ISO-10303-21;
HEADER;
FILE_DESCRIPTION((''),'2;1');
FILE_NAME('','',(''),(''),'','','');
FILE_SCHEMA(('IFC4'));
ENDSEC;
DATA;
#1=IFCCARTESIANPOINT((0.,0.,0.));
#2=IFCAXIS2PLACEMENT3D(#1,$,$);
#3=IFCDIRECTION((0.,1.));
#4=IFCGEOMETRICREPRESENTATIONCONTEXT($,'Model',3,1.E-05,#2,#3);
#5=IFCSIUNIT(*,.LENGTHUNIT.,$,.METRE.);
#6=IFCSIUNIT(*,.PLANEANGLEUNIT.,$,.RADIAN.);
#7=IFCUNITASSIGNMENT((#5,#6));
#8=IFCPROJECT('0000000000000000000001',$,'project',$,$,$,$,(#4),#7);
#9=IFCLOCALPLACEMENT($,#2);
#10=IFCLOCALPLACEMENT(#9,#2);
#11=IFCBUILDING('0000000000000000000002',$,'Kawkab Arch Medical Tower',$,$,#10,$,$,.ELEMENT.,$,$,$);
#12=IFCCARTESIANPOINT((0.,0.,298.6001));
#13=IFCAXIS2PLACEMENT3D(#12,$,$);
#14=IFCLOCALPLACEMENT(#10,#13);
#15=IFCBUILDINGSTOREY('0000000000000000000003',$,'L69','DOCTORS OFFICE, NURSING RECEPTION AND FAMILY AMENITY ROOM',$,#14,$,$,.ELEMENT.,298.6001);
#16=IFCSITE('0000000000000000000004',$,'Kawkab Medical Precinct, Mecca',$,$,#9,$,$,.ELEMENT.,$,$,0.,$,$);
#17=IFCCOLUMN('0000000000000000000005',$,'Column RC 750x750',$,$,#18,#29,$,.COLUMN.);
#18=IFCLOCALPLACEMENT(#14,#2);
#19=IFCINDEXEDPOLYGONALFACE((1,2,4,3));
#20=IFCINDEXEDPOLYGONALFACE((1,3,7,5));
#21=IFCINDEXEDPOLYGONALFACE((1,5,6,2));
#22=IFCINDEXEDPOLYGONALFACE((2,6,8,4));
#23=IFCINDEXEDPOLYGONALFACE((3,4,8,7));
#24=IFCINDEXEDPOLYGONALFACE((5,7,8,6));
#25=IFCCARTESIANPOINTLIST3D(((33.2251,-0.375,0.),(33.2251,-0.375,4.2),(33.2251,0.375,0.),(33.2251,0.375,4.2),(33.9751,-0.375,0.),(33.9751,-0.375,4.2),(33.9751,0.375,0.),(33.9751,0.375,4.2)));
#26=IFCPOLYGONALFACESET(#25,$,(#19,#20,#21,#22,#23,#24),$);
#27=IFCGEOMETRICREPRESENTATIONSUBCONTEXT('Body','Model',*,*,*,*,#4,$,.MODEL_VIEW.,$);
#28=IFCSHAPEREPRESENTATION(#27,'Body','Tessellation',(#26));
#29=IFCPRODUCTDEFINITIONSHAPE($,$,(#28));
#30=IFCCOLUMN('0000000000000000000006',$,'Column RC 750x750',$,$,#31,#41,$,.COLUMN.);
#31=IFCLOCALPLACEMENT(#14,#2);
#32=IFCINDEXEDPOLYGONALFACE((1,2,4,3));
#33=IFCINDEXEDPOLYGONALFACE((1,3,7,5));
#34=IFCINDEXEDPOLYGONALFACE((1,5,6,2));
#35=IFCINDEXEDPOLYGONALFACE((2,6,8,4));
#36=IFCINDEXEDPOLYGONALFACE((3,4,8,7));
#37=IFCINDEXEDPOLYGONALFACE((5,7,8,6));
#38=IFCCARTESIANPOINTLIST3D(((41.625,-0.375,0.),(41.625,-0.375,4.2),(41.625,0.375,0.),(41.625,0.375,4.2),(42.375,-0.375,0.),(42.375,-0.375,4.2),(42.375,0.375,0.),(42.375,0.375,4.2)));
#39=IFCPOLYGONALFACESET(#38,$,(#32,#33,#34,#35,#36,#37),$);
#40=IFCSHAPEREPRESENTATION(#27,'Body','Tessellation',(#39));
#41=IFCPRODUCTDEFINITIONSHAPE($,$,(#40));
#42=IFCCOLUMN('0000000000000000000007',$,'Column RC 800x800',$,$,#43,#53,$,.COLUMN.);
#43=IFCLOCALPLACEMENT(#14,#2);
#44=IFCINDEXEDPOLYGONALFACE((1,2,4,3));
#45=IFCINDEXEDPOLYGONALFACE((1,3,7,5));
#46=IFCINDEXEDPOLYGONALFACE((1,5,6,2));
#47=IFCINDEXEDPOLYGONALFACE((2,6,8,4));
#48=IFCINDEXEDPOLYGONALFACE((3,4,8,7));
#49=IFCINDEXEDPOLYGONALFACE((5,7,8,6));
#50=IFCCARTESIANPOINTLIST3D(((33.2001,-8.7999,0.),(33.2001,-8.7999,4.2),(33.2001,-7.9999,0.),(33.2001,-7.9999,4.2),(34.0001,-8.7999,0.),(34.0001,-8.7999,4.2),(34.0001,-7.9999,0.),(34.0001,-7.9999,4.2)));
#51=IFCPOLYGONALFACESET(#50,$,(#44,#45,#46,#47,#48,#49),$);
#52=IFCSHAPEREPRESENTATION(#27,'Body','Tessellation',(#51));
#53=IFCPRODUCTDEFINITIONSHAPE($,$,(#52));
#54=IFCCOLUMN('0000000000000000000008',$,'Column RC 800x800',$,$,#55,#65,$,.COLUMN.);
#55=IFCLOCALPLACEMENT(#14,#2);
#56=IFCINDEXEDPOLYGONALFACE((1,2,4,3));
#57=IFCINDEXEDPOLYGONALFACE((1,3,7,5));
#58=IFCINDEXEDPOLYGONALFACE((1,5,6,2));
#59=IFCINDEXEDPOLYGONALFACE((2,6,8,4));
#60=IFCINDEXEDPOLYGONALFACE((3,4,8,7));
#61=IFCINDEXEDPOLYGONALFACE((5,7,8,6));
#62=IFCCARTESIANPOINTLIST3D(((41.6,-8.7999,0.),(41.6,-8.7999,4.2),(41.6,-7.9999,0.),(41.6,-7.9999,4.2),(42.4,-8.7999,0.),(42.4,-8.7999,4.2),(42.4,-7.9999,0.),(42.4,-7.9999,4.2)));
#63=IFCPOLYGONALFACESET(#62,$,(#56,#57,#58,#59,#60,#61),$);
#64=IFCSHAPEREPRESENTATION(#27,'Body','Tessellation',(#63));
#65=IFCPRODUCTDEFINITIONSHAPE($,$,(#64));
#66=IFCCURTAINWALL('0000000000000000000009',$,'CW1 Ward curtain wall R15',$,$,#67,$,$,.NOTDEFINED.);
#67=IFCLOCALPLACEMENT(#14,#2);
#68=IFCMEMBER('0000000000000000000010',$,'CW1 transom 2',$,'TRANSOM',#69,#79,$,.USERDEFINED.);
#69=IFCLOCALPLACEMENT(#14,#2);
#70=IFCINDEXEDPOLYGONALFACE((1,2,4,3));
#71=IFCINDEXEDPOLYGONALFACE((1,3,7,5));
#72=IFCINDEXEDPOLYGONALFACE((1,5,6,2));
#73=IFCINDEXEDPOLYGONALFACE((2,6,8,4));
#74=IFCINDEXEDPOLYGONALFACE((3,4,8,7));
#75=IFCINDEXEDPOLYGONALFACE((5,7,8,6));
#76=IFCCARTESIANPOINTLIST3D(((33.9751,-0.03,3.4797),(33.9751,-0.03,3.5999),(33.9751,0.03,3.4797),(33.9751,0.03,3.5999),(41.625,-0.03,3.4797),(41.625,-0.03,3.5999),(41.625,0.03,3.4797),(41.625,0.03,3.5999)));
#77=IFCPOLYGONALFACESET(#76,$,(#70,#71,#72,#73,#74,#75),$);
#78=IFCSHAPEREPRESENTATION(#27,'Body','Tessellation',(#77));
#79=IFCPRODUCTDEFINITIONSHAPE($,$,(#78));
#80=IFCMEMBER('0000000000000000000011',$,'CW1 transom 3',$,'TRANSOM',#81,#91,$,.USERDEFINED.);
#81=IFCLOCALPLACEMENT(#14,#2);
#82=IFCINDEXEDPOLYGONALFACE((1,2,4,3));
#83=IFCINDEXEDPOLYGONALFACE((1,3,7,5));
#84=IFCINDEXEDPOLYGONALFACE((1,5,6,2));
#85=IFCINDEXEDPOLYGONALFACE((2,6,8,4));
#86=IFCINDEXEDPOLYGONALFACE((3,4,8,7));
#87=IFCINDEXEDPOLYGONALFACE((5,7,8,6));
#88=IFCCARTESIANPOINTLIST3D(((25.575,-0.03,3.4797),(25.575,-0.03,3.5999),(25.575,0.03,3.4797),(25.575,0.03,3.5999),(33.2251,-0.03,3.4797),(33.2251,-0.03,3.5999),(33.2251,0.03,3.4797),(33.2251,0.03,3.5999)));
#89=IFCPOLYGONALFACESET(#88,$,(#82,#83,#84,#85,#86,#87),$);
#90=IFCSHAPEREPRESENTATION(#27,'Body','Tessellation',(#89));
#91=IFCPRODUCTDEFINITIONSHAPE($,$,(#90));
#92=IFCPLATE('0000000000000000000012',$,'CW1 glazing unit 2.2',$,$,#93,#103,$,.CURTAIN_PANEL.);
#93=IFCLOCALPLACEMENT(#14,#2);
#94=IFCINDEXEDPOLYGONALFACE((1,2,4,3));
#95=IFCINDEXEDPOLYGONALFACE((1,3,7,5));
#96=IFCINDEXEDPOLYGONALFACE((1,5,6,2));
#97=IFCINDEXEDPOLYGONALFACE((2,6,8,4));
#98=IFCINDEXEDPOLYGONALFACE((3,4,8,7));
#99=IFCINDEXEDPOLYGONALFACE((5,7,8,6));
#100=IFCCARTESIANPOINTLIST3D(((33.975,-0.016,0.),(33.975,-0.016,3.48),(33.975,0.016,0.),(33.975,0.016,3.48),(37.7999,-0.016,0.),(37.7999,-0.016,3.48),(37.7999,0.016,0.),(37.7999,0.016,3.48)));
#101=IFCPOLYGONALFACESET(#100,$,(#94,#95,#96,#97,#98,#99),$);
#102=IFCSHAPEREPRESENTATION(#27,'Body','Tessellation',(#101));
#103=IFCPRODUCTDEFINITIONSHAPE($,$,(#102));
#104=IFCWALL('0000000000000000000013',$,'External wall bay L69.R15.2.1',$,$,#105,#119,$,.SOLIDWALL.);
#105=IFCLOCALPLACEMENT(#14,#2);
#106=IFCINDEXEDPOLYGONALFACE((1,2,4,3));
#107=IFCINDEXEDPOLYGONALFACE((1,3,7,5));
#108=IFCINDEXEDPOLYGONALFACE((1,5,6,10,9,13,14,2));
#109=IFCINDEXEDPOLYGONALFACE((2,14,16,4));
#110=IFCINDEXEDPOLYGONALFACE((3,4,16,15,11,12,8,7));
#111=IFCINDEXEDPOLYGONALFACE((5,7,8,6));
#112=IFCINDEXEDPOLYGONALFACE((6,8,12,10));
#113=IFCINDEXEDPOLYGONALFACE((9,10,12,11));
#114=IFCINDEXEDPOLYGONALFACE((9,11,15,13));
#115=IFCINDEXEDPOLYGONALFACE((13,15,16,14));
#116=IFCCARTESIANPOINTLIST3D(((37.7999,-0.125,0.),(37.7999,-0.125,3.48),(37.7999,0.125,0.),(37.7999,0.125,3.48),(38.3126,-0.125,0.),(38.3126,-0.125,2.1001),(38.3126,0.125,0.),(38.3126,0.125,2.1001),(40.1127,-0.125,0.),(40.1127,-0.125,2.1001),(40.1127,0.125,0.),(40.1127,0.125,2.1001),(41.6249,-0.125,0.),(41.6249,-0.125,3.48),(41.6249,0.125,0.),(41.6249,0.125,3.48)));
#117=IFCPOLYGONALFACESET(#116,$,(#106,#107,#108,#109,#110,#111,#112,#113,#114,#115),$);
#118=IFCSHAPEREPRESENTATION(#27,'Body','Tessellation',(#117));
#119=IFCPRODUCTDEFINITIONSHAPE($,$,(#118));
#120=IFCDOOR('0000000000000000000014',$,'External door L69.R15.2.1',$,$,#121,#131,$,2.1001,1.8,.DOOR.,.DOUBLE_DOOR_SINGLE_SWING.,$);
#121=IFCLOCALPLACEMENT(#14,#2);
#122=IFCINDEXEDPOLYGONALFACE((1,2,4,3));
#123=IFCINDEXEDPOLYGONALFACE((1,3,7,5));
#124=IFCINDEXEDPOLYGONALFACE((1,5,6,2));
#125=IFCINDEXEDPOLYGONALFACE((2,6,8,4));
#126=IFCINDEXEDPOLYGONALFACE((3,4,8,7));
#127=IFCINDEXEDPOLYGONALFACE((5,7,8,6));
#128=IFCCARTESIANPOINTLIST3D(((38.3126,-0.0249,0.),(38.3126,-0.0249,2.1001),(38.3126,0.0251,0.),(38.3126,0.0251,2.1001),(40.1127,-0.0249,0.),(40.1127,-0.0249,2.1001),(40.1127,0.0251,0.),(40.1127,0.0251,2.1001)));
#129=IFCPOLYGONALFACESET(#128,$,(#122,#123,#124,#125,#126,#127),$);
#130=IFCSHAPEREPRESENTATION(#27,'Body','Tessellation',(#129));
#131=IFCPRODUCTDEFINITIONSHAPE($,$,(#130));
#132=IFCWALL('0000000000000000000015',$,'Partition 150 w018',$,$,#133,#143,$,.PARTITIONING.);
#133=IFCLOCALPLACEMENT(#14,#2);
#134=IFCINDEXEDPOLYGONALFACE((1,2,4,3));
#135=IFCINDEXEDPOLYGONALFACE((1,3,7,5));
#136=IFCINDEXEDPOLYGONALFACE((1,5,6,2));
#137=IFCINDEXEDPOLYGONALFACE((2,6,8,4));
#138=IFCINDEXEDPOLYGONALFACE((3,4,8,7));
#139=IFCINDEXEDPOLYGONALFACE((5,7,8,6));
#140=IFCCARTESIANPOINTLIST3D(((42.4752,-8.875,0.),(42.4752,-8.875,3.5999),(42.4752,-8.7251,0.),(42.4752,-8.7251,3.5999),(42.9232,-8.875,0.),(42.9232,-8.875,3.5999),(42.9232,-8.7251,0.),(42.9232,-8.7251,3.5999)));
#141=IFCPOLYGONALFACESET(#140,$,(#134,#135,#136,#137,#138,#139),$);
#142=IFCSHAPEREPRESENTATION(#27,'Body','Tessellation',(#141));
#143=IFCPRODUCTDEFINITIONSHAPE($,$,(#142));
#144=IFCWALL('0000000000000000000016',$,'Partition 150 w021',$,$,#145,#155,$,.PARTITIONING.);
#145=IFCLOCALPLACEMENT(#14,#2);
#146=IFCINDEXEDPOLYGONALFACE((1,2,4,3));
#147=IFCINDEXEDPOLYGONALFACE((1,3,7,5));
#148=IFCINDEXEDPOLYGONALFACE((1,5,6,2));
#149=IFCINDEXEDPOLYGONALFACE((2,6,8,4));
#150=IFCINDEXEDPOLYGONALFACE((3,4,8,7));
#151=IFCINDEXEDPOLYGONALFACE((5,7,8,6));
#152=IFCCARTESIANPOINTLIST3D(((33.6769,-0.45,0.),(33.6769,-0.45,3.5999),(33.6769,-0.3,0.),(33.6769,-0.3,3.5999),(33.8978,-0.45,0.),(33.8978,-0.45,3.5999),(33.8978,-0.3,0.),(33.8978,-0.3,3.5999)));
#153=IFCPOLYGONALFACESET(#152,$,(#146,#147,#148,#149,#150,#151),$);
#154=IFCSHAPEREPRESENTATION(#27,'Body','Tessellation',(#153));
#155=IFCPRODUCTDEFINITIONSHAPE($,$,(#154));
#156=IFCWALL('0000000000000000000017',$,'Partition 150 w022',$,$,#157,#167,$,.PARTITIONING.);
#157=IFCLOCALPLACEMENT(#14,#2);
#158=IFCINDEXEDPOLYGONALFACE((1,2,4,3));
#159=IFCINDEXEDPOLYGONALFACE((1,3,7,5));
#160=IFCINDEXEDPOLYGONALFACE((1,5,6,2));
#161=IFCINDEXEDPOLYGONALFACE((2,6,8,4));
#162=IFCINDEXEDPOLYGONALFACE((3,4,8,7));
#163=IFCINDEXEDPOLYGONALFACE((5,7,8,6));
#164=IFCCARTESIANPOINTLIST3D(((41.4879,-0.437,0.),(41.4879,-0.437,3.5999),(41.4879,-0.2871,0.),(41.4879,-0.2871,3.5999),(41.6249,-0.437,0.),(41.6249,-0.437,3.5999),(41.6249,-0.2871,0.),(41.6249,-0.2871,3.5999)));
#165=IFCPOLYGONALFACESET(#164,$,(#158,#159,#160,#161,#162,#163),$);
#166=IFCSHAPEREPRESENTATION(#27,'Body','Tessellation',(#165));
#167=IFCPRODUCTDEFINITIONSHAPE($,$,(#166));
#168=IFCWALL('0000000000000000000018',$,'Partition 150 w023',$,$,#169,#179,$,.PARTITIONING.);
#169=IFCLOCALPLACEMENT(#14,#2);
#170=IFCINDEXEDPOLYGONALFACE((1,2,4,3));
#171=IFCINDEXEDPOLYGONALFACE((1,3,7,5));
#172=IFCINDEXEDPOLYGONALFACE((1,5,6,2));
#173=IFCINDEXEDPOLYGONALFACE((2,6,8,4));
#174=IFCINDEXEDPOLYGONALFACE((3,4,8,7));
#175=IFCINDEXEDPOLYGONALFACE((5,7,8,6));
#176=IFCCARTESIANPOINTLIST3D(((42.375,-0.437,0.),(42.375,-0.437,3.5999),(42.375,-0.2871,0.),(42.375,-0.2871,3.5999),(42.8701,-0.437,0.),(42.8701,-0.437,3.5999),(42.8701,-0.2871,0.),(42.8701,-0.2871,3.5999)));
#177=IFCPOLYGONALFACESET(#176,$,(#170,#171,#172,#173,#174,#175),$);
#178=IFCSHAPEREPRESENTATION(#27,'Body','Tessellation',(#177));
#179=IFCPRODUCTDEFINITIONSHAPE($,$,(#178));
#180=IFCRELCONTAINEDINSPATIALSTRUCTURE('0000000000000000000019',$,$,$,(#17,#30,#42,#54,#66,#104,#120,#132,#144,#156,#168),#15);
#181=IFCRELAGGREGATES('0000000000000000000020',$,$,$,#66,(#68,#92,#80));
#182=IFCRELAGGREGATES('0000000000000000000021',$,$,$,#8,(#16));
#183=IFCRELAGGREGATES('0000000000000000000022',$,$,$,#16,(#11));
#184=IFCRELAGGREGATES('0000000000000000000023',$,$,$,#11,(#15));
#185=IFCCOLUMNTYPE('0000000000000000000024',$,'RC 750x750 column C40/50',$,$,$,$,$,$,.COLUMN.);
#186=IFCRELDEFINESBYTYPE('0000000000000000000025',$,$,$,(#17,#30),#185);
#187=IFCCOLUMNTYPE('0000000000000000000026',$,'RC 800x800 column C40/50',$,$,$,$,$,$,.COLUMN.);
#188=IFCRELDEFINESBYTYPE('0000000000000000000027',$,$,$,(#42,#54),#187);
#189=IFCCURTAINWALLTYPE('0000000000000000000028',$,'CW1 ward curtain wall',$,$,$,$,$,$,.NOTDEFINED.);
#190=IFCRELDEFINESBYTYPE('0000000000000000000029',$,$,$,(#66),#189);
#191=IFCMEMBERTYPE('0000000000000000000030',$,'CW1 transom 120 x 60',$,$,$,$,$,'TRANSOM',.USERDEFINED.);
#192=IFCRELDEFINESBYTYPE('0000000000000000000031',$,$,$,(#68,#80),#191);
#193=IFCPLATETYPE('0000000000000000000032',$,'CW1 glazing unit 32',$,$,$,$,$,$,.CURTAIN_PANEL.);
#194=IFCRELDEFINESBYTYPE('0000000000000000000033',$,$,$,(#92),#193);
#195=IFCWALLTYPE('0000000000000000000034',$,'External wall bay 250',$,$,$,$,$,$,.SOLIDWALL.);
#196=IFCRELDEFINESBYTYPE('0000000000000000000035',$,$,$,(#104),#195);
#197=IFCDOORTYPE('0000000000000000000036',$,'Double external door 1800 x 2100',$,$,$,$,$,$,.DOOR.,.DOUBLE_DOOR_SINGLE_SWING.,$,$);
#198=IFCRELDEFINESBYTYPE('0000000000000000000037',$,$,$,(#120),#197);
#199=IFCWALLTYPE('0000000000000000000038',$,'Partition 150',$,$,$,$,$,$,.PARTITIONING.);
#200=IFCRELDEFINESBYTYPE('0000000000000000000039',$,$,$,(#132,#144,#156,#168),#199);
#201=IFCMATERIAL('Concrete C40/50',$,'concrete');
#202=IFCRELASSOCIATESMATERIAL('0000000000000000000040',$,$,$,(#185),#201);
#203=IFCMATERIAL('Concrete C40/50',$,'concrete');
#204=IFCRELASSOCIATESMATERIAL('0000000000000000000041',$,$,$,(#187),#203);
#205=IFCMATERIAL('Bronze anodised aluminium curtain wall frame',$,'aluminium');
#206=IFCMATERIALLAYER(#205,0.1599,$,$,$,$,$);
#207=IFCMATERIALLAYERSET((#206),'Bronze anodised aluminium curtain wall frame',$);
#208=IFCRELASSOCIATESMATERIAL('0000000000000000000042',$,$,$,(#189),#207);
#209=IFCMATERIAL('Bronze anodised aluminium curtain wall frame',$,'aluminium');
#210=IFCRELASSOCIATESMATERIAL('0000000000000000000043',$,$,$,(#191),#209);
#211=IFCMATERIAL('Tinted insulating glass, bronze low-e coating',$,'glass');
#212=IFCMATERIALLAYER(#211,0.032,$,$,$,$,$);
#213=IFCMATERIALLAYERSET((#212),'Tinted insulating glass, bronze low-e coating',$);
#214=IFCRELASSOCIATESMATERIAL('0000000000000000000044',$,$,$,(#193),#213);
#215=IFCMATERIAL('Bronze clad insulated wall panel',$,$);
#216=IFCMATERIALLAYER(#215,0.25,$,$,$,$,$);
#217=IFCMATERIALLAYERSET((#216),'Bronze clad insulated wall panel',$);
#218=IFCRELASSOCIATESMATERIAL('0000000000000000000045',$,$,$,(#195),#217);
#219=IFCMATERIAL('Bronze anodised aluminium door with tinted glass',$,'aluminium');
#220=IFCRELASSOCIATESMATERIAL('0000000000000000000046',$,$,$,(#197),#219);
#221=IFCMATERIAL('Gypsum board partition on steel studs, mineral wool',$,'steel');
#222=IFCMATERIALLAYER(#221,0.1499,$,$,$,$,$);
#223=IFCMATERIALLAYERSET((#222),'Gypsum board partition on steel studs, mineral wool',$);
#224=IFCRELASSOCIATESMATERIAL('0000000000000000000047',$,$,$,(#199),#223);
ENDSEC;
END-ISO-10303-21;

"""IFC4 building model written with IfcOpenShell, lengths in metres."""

from ifc_helpers import new_model, si_unit, direction, frame, frame_2d, origin, origin_2d, place, context, subcontext, project, spatial, rectangle, extrude, material, layer, layer_set, material_profile, profile_set, type_object, element, fill, aggregate, save


model = new_model("IFC4")

# Units and contexts
model_context = context("Model", 3, precision=1e-05, world=origin(), true_north=direction((0.0, 1.0)))
body_context = subcontext(model_context, "Body", "Model", "MODEL_VIEW")
ifc_project = project(units=[si_unit("LENGTHUNIT", "METRE"), si_unit("PLANEANGLEUNIT", "RADIAN")], contexts=[model_context])

# Site, building, storey
site_placement = place(None, origin())
site = spatial("IfcSite", under=ifc_project, at=site_placement, Name="Kawkab Medical Precinct, Mecca", CompositionType="ELEMENT", RefElevation=0.0)
building_placement = place(site_placement, origin())
building = spatial("IfcBuilding", under=site, at=building_placement, Name="Kawkab Arch Medical Tower", CompositionType="ELEMENT")
storey_placement = place(building_placement, frame((0.0, 0.0, 298.6001)))
storey = spatial("IfcBuildingStorey", under=building, at=storey_placement, Name="L69", Description="DOCTORS OFFICE, NURSING RECEPTION AND FAMILY AMENITY ROOM", CompositionType="ELEMENT", Elevation=298.6001)

# Columns
ifc_material_1 = material(Name="Concrete C40/50", Category="concrete")
ifc_material_profile_1 = material_profile(ifc_material_1, rectangle(XDim=0.75, YDim=0.75, at=origin_2d()), Name="RC 750x750")
ifc_profile_set_1 = profile_set([ifc_material_profile_1], Name="Concrete C40/50")
column_type_1 = type_object("IfcColumnType", Name="RC 750x750 column C40/50", PredefinedType="COLUMN", material=ifc_profile_set_1)
for number, where, z_axis, x_axis, name in (
    (1, (33.6001, 0.0, 0.0), (0.0, 0.0, 1.0), (1.0, 0.0, 0.0), "Column RC 750x750"),
    (2, (42.0, 0.0, 0.0), (0.0, 0.0, 1.0), (1.0, 0.0, 0.0), "Column RC 750x750"),
):
    element("IfcColumn", number, at=place(storey_placement, frame(where, z_axis=z_axis, x_axis=x_axis)), inside=storey, type_object=column_type_1, Name=name, PredefinedType="COLUMN", context=body_context, shape_type="SweptSolid", body=[
        extrude(rectangle(XDim=0.75, YDim=0.75, at=origin_2d()), origin(), (0.0, 0.0, 1.0), 4.2),
    ])
ifc_material_2 = material(Name="Concrete C40/50", Category="concrete")
ifc_material_profile_2 = material_profile(ifc_material_2, rectangle(XDim=0.8, YDim=0.8, at=origin_2d()), Name="RC 800x800")
ifc_profile_set_2 = profile_set([ifc_material_profile_2], Name="Concrete C40/50")
column_type_2 = type_object("IfcColumnType", Name="RC 800x800 column C40/50", PredefinedType="COLUMN", material=ifc_profile_set_2)
for number, where, z_axis, x_axis, name in (
    (3, (33.6001, -8.3999, 0.0), (0.0, 0.0, 1.0), (1.0, 0.0, 0.0), "Column RC 800x800"),
    (4, (42.0, -8.3999, 0.0), (0.0, 0.0, 1.0), (1.0, 0.0, 0.0), "Column RC 800x800"),
):
    element("IfcColumn", number, at=place(storey_placement, frame(where, z_axis=z_axis, x_axis=x_axis)), inside=storey, type_object=column_type_2, Name=name, PredefinedType="COLUMN", context=body_context, shape_type="SweptSolid", body=[
        extrude(rectangle(XDim=0.8, YDim=0.8, at=origin_2d()), origin(), (0.0, 0.0, 1.0), 4.2),
    ])

# Curtain wall, members, plate
ifc_material_3 = material(Name="Bronze anodised aluminium curtain wall frame", Category="aluminium")
ifc_layer_1 = layer(ifc_material_3, 0.1599)
ifc_layer_set_1 = layer_set([ifc_layer_1], Name="Bronze anodised aluminium curtain wall frame")
curtain_wall_type = type_object("IfcCurtainWallType", Name="CW1 ward curtain wall", PredefinedType="NOTDEFINED", material=ifc_layer_set_1)
curtain_wall_placement = place(storey_placement, origin())
curtain_wall = element("IfcCurtainWall", 5, at=curtain_wall_placement, inside=storey, type_object=curtain_wall_type, Name="CW1 Ward curtain wall R15", PredefinedType="NOTDEFINED")
ifc_material_4 = material(Name="Bronze anodised aluminium curtain wall frame", Category="aluminium")
ifc_material_profile_3 = material_profile(ifc_material_4, rectangle(XDim=0.0601, YDim=0.1201, at=origin_2d()), Name="AL 60x120")
ifc_profile_set_3 = profile_set([ifc_material_profile_3], Name="Bronze anodised aluminium curtain wall frame")
member_type = type_object("IfcMemberType", Name="CW1 transom 120 x 60", ElementType="TRANSOM", PredefinedType="USERDEFINED", material=ifc_profile_set_3)
member_1_placement = place(storey_placement, frame((41.625, 0.0, 3.5398), z_axis=(-1.0, 0.0, 0.0), x_axis=(0.0, -1.0, 0.0)))
member_1 = element("IfcMember", 6, at=member_1_placement, type_object=member_type, Name="CW1 transom 2", ObjectType="TRANSOM", PredefinedType="USERDEFINED", context=body_context, shape_type="SweptSolid", body=[
    extrude(rectangle(XDim=0.0601, YDim=0.1201, at=origin_2d()), origin(), (0.0, 0.0, 1.0), 7.6499),
])
member_2_placement = place(storey_placement, frame((33.2251, 0.0, 3.5398), z_axis=(-1.0, 0.0, 0.0), x_axis=(0.0, -1.0, 0.0)))
member_2 = element("IfcMember", 7, at=member_2_placement, type_object=member_type, Name="CW1 transom 3", ObjectType="TRANSOM", PredefinedType="USERDEFINED", context=body_context, shape_type="SweptSolid", body=[
    extrude(rectangle(XDim=0.0601, YDim=0.1201, at=origin_2d()), origin(), (0.0, 0.0, 1.0), 7.6501),
])
ifc_material_5 = material(Name="Tinted insulating glass, bronze low-e coating", Category="glass")
ifc_layer_2 = layer(ifc_material_5, 0.032)
ifc_layer_set_2 = layer_set([ifc_layer_2], Name="Tinted insulating glass, bronze low-e coating")
plate_type = type_object("IfcPlateType", Name="CW1 glazing unit 32", PredefinedType="CURTAIN_PANEL", material=ifc_layer_set_2)
plate_placement = place(storey_placement, frame((35.8875, 0.0, 0.0), z_axis=(0.0, 0.0, 1.0), x_axis=(-1.0, 0.0, 0.0)))
plate = element("IfcPlate", 8, at=plate_placement, type_object=plate_type, Name="CW1 glazing unit 2.2", PredefinedType="CURTAIN_PANEL", context=body_context, shape_type="SweptSolid", body=[
    extrude(rectangle(XDim=3.825, YDim=0.032, at=origin_2d()), origin(), (0.0, 0.0, 1.0), 3.48),
])
aggregate(curtain_wall, [member_1, plate, member_2])

# Wall, opening, door
ifc_material_6 = material(Name="Bronze clad insulated wall panel")
ifc_layer_3 = layer(ifc_material_6, 0.25)
ifc_layer_set_3 = layer_set([ifc_layer_3], Name="Bronze clad insulated wall panel")
wall_type_1 = type_object("IfcWallType", Name="External wall bay 250", PredefinedType="SOLIDWALL", material=ifc_layer_set_3)
wall_1_placement = place(storey_placement, frame((41.625, 0.0, 0.0), z_axis=(0.0, 0.0, 1.0), x_axis=(-1.0, 0.0, 0.0)))
wall_1 = element("IfcWall", 9, at=wall_1_placement, inside=storey, type_object=wall_type_1, Name="External wall bay L69.R15.2.1", PredefinedType="SOLIDWALL", context=body_context, shape_type="SweptSolid", body=[
    extrude(rectangle(XDim=3.825, YDim=0.25, at=frame_2d((1.9126, 0.0))), origin(), (0.0, 0.0, 1.0), 3.48),
])
opening_placement = place(wall_1_placement, frame((1.5125, 0.0, 0.0)))
opening = element("IfcOpeningElement", 10, at=opening_placement, cuts=wall_1, PredefinedType="OPENING", context=body_context, shape_type="SweptSolid", body=[
    extrude(rectangle(XDim=1.8, YDim=2.1001, at=frame_2d((0.8999, 1.05))), frame((0.0, 0.135, 0.0), z_axis=(0.0, -1.0, 0.0), x_axis=(1.0, 0.0, 0.0)), (0.0, 0.0, 1.0), 0.27),
])
ifc_material_7 = material(Name="Bronze anodised aluminium door with tinted glass", Category="aluminium")
door_type = type_object("IfcDoorType", Name="Double external door 1800 x 2100", OperationType="DOUBLE_DOOR_SINGLE_SWING", PredefinedType="DOOR", material=ifc_material_7)
door_placement = place(opening_placement, origin())
door = element("IfcDoor", 11, at=door_placement, inside=storey, type_object=door_type, Name="External door L69.R15.2.1", OperationType="DOUBLE_DOOR_SINGLE_SWING", OverallHeight=2.1001, OverallWidth=1.8, PredefinedType="DOOR", context=body_context, shape_type="SweptSolid", body=[
    extrude(rectangle(XDim=1.8, YDim=2.1001, at=frame_2d((0.8999, 1.05))), frame((0.0, 0.0249, 0.0), z_axis=(0.0, -1.0, 0.0), x_axis=(1.0, 0.0, 0.0)), (0.0, 0.0, 1.0), 0.05),
])
fill(opening, door)

# Walls
ifc_material_8 = material(Name="Gypsum board partition on steel studs, mineral wool", Category="steel")
ifc_layer_4 = layer(ifc_material_8, 0.1499)
ifc_layer_set_4 = layer_set([ifc_layer_4], Name="Gypsum board partition on steel studs, mineral wool")
wall_type_2 = type_object("IfcWallType", Name="Partition 150", PredefinedType="PARTITIONING", material=ifc_layer_set_4)
wall_2_placement = place(storey_placement, frame((42.4751, -8.8, 0.0), z_axis=(0.0, 0.0, 1.0), x_axis=(1.0, 0.0, 0.0)))
element("IfcWall", 12, at=wall_2_placement, inside=storey, type_object=wall_type_2, Name="Partition 150 w018", PredefinedType="PARTITIONING", context=body_context, shape_type="SweptSolid", body=[
    extrude(rectangle(XDim=0.448, YDim=0.1499, at=frame_2d((0.2241, 0.0))), origin(), (0.0, 0.0, 1.0), 3.5999),
])
wall_3_placement = place(storey_placement, frame((33.677, -0.375, 0.0), z_axis=(0.0, 0.0, 1.0), x_axis=(1.0, 0.0, 0.0)))
element("IfcWall", 13, at=wall_3_placement, inside=storey, type_object=wall_type_2, Name="Partition 150 w021", PredefinedType="PARTITIONING", context=body_context, shape_type="SweptSolid", body=[
    extrude(rectangle(XDim=0.2209, YDim=0.1499, at=frame_2d((0.1104, 0.0))), origin(), (0.0, 0.0, 1.0), 3.5999),
])
wall_4_placement = place(storey_placement, frame((41.488, -0.3621, 0.0), z_axis=(0.0, 0.0, 1.0), x_axis=(1.0, 0.0, 0.0)))
element("IfcWall", 14, at=wall_4_placement, inside=storey, type_object=wall_type_2, Name="Partition 150 w022", PredefinedType="PARTITIONING", context=body_context, shape_type="SweptSolid", body=[
    extrude(rectangle(XDim=0.137, YDim=0.1499, at=frame_2d((0.0684, 0.0))), origin(), (0.0, 0.0, 1.0), 3.5999),
])
wall_5_placement = place(storey_placement, frame((42.375, -0.3621, 0.0), z_axis=(0.0, 0.0, 1.0), x_axis=(1.0, 0.0, 0.0)))
element("IfcWall", 15, at=wall_5_placement, inside=storey, type_object=wall_type_2, Name="Partition 150 w023", PredefinedType="PARTITIONING", context=body_context, shape_type="SweptSolid", body=[
    extrude(rectangle(XDim=0.4951, YDim=0.1499, at=frame_2d((0.2476, 0.0))), origin(), (0.0, 0.0, 1.0), 3.5999),
])

save(model, "model.ifc")
